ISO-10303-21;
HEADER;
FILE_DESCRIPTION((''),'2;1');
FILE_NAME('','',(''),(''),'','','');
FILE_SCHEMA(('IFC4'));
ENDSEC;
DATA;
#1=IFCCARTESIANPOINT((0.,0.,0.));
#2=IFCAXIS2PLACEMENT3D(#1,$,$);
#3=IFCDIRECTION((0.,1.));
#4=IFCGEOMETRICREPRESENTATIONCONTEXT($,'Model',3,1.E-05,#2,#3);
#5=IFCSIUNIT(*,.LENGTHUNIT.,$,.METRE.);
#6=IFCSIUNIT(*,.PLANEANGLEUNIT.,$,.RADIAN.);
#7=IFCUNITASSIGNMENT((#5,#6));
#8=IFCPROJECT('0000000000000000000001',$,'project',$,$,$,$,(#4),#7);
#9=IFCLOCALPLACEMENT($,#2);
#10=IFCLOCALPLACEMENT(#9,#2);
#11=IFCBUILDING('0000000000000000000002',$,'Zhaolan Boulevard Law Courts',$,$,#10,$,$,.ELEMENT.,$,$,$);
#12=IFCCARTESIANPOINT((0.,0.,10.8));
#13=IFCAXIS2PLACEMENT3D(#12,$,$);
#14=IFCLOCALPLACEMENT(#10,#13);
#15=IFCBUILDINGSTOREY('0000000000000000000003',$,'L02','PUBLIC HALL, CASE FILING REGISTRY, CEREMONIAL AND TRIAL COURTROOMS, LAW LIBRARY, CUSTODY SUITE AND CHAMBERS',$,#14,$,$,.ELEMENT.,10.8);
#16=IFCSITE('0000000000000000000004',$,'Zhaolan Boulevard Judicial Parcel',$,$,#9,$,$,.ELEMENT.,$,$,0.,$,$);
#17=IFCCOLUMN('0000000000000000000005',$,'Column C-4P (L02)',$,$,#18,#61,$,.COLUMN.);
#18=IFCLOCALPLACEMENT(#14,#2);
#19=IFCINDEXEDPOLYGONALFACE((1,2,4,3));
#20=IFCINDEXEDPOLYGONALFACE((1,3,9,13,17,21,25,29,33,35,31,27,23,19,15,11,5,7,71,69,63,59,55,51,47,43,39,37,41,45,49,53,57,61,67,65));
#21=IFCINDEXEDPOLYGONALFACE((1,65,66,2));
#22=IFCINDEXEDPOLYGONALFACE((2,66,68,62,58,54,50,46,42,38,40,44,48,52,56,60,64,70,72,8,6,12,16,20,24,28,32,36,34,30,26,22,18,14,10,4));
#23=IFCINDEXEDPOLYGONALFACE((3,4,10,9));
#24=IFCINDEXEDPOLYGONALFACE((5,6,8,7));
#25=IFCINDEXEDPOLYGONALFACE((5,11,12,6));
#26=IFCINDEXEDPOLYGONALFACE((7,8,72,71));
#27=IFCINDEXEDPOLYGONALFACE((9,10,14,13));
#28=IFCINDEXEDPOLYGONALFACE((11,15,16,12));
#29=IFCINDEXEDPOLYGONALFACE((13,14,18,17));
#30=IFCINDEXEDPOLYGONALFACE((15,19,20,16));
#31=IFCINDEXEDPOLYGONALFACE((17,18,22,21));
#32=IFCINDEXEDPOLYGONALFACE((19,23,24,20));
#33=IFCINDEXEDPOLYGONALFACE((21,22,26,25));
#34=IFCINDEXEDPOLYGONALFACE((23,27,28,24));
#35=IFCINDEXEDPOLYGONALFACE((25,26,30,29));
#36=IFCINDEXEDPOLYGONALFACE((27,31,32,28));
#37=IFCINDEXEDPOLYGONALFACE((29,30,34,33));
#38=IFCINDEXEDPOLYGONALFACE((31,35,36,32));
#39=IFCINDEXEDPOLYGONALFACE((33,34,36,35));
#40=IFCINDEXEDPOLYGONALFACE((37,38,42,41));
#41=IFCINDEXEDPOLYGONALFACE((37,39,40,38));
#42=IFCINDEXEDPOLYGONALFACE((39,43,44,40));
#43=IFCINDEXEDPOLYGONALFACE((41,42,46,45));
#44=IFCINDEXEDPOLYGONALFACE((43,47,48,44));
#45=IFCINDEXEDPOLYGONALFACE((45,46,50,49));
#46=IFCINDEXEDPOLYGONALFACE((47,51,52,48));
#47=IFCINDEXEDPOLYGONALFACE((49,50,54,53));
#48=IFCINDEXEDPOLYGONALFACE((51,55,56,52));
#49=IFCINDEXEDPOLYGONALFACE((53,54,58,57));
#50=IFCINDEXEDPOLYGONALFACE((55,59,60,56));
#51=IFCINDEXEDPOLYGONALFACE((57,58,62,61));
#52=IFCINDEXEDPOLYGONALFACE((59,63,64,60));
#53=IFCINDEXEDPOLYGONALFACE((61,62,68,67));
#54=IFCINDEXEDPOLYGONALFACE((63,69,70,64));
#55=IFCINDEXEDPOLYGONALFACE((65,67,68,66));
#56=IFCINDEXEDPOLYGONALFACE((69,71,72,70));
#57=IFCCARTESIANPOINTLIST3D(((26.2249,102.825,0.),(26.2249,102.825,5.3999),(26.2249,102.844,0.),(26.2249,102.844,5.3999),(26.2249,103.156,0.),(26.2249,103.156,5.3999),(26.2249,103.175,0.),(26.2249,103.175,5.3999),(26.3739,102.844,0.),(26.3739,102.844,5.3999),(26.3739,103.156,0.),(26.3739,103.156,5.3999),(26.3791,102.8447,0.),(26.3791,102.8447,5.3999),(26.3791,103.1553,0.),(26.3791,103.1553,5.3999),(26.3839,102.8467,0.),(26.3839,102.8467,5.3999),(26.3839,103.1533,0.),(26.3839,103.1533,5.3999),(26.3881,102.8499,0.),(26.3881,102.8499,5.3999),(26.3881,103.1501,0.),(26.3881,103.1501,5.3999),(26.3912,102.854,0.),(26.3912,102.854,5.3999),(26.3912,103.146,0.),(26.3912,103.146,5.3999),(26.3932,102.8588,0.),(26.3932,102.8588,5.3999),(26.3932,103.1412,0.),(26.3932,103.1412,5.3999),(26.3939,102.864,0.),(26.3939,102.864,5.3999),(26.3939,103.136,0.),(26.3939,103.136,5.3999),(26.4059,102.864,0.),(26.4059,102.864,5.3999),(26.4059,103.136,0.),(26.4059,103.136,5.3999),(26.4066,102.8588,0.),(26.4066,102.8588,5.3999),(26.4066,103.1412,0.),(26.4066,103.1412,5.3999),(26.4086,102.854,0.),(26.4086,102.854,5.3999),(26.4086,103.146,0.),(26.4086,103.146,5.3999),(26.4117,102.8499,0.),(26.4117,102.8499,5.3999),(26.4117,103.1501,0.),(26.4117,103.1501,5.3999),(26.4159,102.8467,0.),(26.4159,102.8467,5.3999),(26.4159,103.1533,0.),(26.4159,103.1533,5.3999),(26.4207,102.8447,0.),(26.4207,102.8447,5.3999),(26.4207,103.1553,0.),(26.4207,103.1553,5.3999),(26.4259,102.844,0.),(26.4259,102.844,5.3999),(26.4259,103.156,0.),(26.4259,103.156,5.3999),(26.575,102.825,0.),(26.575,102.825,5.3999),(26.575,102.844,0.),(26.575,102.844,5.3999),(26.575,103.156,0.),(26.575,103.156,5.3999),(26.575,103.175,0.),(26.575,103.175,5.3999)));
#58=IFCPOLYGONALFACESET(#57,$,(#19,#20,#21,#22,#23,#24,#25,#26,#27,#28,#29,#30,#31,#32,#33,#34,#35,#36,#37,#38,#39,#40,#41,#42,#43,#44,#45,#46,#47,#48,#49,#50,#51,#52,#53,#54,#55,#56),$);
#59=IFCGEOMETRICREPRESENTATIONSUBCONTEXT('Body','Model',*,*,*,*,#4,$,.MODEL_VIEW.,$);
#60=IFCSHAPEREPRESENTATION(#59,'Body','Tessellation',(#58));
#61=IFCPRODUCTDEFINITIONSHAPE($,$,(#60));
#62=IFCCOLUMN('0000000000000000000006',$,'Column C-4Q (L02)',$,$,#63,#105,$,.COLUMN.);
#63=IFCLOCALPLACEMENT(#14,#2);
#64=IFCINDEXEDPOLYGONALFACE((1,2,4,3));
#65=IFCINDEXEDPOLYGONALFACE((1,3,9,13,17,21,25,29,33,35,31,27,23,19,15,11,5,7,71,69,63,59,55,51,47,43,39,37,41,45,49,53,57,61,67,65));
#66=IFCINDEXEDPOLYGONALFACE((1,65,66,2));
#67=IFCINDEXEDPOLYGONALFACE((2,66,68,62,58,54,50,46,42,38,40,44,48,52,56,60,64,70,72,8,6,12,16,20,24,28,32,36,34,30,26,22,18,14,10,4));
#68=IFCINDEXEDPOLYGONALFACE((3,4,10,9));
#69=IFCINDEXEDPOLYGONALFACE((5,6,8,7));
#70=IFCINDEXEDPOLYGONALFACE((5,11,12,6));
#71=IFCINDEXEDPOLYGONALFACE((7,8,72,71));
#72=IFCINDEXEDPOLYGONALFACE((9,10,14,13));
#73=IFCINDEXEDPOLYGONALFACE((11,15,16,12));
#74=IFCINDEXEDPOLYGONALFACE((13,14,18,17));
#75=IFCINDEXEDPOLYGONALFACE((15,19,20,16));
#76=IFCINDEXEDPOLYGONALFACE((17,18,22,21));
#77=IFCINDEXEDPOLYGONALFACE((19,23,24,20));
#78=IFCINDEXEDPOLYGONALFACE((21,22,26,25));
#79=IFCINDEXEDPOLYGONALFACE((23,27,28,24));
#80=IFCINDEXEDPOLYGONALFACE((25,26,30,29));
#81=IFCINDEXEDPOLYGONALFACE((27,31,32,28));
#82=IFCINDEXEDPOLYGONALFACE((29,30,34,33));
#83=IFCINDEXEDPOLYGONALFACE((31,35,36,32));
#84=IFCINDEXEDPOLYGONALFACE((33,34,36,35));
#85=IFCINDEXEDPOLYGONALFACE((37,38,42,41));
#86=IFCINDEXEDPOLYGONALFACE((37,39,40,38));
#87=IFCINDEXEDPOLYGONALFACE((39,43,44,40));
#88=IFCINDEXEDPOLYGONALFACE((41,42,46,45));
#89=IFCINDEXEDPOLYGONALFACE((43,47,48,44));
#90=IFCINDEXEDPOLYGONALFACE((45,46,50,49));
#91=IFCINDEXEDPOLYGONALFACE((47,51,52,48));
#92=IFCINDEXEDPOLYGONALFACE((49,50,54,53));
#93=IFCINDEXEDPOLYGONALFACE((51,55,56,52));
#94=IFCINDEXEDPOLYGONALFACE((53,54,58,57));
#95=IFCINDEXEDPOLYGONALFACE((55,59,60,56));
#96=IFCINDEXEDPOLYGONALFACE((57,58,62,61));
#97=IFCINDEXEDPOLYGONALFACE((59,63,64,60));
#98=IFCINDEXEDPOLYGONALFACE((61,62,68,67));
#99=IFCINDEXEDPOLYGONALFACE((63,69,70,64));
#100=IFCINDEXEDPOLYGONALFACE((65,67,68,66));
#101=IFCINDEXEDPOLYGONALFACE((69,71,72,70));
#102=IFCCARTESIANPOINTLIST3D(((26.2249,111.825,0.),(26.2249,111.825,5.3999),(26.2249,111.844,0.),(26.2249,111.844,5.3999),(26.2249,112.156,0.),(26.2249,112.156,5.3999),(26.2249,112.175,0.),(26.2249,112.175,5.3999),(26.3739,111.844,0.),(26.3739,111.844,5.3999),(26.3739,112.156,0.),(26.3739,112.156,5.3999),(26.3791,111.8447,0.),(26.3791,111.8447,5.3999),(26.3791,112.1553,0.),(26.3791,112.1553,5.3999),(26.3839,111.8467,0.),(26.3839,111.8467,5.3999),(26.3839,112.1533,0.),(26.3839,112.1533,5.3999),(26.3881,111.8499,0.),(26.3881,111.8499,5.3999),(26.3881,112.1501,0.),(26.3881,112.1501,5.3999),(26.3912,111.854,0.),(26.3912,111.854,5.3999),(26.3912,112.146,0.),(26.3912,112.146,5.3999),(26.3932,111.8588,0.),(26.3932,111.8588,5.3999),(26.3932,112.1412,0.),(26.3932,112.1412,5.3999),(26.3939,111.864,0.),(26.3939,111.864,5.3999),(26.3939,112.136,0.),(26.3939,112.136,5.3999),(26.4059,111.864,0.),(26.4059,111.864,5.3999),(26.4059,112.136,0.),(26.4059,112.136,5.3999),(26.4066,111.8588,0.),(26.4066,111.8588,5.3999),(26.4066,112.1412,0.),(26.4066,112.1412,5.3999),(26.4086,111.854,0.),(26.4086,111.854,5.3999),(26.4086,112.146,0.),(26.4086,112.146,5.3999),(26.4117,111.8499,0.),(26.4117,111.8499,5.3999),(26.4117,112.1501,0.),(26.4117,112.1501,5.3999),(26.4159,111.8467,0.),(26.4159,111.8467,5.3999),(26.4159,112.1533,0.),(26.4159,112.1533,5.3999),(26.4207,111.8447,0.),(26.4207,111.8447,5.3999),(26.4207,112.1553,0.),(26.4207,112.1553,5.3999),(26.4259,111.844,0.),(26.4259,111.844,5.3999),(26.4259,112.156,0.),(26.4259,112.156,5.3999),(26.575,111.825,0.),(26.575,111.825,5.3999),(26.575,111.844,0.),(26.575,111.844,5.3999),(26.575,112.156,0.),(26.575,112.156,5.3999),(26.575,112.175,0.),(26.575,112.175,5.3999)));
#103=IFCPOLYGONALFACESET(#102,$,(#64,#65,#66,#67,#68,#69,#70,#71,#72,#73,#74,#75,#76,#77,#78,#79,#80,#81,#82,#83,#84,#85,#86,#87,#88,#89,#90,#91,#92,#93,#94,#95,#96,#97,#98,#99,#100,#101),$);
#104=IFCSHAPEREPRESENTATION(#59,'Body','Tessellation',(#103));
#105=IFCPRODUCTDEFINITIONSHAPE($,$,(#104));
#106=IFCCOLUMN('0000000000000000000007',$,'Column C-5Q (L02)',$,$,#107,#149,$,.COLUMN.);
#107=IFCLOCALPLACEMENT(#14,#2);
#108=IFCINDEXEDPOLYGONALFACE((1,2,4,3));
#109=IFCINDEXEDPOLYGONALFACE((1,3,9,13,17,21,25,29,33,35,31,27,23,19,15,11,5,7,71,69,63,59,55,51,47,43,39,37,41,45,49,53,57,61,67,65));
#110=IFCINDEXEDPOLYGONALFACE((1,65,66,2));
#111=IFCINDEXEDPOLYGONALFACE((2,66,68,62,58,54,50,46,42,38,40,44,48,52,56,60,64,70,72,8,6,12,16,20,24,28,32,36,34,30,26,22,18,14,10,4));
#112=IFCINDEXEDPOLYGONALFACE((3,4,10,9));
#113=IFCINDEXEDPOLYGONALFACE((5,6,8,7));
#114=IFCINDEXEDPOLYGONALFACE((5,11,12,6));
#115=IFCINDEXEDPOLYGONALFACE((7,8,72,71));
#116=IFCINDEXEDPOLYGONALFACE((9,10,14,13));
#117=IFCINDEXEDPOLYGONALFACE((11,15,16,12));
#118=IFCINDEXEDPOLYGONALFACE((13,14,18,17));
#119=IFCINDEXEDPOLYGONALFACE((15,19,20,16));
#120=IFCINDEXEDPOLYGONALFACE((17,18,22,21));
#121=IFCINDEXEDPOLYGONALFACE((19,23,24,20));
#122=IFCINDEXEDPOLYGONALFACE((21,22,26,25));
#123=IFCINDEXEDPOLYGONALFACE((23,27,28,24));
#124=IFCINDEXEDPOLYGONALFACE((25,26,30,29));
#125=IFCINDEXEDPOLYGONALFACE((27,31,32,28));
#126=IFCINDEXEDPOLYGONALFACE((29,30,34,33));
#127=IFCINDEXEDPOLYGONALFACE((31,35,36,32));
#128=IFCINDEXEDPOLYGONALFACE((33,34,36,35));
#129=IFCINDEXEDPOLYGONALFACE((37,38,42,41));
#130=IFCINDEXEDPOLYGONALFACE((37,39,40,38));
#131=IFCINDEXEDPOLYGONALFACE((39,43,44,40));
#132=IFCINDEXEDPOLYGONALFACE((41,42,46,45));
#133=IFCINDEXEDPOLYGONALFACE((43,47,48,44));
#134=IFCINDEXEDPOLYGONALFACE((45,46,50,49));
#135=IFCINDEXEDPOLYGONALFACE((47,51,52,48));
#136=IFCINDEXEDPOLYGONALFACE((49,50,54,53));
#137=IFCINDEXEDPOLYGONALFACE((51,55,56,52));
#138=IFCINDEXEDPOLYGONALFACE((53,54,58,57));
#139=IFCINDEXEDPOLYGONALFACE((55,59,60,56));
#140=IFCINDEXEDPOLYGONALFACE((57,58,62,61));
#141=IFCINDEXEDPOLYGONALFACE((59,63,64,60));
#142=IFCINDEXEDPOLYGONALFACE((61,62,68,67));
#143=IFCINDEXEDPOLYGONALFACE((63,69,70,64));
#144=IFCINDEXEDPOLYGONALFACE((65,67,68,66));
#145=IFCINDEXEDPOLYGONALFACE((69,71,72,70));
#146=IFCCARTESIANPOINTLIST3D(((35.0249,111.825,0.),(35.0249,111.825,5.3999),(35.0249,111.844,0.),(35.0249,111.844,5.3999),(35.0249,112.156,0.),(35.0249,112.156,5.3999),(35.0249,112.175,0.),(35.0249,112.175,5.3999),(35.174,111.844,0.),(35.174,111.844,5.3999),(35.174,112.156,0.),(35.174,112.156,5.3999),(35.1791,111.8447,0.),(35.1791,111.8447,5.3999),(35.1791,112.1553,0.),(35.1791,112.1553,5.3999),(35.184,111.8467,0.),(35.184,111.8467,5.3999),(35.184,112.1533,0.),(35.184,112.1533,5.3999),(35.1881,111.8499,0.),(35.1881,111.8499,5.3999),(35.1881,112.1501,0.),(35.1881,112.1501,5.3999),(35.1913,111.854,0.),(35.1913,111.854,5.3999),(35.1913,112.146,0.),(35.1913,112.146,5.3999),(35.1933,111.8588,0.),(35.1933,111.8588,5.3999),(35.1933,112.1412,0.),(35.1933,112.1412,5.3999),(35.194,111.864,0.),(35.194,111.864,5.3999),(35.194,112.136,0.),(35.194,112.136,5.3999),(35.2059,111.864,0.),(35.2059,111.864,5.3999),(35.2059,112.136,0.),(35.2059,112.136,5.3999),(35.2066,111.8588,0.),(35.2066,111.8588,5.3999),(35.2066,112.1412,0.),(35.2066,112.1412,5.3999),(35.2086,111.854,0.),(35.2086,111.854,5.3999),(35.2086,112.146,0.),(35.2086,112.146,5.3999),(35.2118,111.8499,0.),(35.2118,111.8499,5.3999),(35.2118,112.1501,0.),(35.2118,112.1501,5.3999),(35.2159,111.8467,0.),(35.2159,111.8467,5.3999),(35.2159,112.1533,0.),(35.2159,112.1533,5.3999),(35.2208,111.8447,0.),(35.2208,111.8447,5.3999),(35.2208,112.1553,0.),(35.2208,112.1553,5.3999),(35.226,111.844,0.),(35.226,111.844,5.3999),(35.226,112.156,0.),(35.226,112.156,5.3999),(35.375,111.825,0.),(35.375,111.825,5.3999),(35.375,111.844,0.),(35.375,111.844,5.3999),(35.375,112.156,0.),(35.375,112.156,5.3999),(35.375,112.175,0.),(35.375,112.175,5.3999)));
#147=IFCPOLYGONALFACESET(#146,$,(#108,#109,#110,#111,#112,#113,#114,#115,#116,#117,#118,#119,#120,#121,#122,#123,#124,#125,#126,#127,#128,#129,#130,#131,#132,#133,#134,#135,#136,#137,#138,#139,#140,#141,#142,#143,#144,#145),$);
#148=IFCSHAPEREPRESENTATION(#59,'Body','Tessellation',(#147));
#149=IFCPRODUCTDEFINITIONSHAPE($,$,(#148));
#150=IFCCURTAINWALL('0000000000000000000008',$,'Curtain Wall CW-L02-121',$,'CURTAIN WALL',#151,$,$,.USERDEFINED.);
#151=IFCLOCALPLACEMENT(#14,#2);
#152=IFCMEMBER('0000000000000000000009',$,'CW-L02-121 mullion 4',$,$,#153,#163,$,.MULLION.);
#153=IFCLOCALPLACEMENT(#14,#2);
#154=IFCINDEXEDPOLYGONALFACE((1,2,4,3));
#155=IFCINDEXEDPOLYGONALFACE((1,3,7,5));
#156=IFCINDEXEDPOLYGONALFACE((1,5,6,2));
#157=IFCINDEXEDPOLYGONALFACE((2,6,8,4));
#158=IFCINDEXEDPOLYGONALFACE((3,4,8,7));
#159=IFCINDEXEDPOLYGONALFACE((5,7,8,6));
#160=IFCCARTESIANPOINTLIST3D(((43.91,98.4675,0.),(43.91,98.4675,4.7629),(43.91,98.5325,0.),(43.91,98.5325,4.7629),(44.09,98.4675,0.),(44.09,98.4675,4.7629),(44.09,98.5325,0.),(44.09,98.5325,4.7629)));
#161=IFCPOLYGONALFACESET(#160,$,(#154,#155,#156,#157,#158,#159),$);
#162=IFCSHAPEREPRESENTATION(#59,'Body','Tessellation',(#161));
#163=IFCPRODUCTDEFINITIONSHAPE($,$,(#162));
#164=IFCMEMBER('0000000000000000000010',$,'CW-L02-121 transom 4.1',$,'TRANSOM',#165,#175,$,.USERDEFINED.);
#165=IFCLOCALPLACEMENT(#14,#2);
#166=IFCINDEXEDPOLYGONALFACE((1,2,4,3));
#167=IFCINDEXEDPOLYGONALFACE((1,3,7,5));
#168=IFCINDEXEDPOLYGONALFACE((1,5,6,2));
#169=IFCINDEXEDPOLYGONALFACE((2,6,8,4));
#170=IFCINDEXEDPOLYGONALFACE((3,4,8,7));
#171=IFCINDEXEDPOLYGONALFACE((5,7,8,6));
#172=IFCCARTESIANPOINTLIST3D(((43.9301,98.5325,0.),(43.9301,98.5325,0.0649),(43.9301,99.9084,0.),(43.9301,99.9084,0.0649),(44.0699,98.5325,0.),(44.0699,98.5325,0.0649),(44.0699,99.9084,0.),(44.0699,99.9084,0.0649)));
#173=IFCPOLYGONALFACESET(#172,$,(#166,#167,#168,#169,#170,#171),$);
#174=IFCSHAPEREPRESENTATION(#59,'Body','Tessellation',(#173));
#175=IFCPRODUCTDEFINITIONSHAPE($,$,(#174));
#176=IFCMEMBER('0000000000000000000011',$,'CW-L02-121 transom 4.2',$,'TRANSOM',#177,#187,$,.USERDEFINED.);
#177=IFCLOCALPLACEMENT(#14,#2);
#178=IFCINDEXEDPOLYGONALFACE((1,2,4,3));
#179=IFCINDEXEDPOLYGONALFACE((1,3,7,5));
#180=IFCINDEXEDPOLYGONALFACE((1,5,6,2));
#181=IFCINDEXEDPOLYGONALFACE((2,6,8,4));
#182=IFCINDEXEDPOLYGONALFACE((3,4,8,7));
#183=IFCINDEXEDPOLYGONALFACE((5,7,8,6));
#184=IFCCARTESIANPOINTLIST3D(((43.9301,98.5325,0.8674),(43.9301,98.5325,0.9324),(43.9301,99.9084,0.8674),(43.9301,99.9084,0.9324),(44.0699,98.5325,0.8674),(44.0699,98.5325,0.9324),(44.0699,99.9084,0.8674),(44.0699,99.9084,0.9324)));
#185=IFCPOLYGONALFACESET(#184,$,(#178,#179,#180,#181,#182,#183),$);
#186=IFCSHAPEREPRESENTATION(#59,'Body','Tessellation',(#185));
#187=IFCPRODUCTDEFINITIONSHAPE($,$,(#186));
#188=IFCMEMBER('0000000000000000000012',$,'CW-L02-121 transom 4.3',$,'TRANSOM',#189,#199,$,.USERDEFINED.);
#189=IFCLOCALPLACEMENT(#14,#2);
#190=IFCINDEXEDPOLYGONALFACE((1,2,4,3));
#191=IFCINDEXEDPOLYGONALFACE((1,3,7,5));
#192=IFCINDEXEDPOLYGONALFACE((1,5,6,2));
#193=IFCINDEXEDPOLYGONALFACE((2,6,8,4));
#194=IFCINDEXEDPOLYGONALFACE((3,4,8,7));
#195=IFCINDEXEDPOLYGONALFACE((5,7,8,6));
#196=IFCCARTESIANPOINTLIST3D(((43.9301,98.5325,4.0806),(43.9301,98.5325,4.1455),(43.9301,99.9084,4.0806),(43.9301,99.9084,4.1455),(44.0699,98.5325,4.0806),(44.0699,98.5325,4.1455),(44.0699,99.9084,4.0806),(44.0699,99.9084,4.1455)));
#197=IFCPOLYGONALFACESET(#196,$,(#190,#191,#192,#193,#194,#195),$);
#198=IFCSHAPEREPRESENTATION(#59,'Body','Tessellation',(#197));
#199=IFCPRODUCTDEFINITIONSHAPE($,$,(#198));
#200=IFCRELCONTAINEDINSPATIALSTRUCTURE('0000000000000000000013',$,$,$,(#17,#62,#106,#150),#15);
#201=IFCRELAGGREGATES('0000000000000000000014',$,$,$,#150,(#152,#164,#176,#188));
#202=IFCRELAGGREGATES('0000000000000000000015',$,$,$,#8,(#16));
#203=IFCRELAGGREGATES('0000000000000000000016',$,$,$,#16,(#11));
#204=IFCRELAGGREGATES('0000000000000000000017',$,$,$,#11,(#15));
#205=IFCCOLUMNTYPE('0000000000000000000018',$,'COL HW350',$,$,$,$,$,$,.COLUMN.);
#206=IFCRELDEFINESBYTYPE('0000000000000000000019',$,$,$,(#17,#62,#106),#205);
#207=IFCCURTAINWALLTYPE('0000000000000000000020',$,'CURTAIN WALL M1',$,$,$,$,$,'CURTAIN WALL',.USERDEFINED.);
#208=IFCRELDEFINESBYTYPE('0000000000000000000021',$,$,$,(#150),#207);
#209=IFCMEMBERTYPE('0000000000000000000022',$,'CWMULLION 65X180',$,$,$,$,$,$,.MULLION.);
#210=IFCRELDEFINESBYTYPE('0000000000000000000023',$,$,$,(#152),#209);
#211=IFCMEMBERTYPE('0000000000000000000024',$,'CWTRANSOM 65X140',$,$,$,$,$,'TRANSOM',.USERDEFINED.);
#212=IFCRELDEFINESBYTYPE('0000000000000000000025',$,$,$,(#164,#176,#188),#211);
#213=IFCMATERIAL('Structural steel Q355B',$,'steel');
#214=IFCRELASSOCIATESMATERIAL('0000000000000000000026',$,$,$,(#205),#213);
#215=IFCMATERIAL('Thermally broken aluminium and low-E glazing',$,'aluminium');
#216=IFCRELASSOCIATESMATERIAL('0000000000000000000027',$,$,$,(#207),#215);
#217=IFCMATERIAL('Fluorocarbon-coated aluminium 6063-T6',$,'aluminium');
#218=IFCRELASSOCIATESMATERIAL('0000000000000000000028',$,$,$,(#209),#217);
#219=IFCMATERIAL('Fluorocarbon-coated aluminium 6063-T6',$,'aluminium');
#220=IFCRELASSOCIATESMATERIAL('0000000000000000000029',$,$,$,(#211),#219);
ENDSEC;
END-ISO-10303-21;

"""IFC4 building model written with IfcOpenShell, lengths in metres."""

from ifc_helpers import new_model, si_unit, direction, frame, origin, origin_2d, place, context, subcontext, project, spatial, rectangle, i_section, extrude, material, material_profile, profile_set, type_object, element, aggregate, save


model = new_model("IFC4")

# Units and contexts
model_context = context("Model", 3, precision=1e-05, world=origin(), true_north=direction((0.0, 1.0)))
body_context = subcontext(model_context, "Body", "Model", "MODEL_VIEW")
ifc_project = project(units=[si_unit("LENGTHUNIT", "METRE"), si_unit("PLANEANGLEUNIT", "RADIAN")], contexts=[model_context])

# Site, building, storey
site_placement = place(None, origin())
site = spatial("IfcSite", under=ifc_project, at=site_placement, Name="Zhaolan Boulevard Judicial Parcel", CompositionType="ELEMENT", RefElevation=0.0)
building_placement = place(site_placement, origin())
building = spatial("IfcBuilding", under=site, at=building_placement, Name="Zhaolan Boulevard Law Courts", CompositionType="ELEMENT")
storey_placement = place(building_placement, frame((0.0, 0.0, 10.8)))
storey = spatial("IfcBuildingStorey", under=building, at=storey_placement, Name="L02", Description="PUBLIC HALL, CASE FILING REGISTRY, CEREMONIAL AND TRIAL COURTROOMS, LAW LIBRARY, CUSTODY SUITE AND CHAMBERS", CompositionType="ELEMENT", Elevation=10.8)

# Columns
ifc_material_1 = material(Name="Structural steel Q355B", Category="steel")
ifc_material_profile_1 = material_profile(ifc_material_1, i_section(OverallWidth=0.3501, OverallDepth=0.3501, WebThickness=0.012, FlangeThickness=0.019, FilletRadius=0.02, at=origin_2d()), Name="HW350x350")
ifc_profile_set_1 = profile_set([ifc_material_profile_1], Name="Structural steel Q355B")
column_type = type_object("IfcColumnType", Name="COL HW350", PredefinedType="COLUMN", material=ifc_profile_set_1)
for number, where, z_axis, x_axis, name in (
    (1, (26.3999, 103.0, 0.0), (0.0, 0.0, 1.0), (1.0, 0.0, 0.0), "Column C-4P (L02)"),
    (2, (26.3999, 112.0, 0.0), (0.0, 0.0, 1.0), (1.0, 0.0, 0.0), "Column C-4Q (L02)"),
    (3, (35.2, 112.0, 0.0), (0.0, 0.0, 1.0), (1.0, 0.0, 0.0), "Column C-5Q (L02)"),
):
    element("IfcColumn", number, at=place(storey_placement, frame(where, z_axis=z_axis, x_axis=x_axis)), inside=storey, type_object=column_type, Name=name, PredefinedType="COLUMN", context=body_context, shape_type="SweptSolid", body=[
        extrude(i_section(OverallWidth=0.3501, OverallDepth=0.3501, WebThickness=0.012, FlangeThickness=0.019, FilletRadius=0.02, at=origin_2d()), origin(), (0.0, 0.0, 1.0), 5.3999),
    ])

# Curtain wall, members
ifc_material_2 = material(Name="Thermally broken aluminium and low-E glazing", Category="aluminium")
curtain_wall_type = type_object("IfcCurtainWallType", Name="CURTAIN WALL M1", ElementType="CURTAIN WALL", PredefinedType="USERDEFINED", material=ifc_material_2)
curtain_wall_placement = place(storey_placement, origin())
curtain_wall = element("IfcCurtainWall", 4, at=curtain_wall_placement, inside=storey, type_object=curtain_wall_type, Name="Curtain Wall CW-L02-121", ObjectType="CURTAIN WALL", PredefinedType="USERDEFINED")
ifc_material_3 = material(Name="Fluorocarbon-coated aluminium 6063-T6", Category="aluminium")
ifc_material_profile_2 = material_profile(ifc_material_3, rectangle(XDim=0.1799, YDim=0.0649, at=origin_2d()), Name="AL65x180")
ifc_profile_set_2 = profile_set([ifc_material_profile_2], Name="Fluorocarbon-coated aluminium 6063-T6")
member_type_1 = type_object("IfcMemberType", Name="CWMULLION 65X180", PredefinedType="MULLION", material=ifc_profile_set_2)
member_1_placement = place(storey_placement, frame((44.0, 98.5, 0.0), z_axis=(0.0, 0.0, 1.0), x_axis=(-1.0, 0.0, 0.0)))
member_1 = element("IfcMember", 5, at=member_1_placement, type_object=member_type_1, Name="CW-L02-121 mullion 4", PredefinedType="MULLION", context=body_context, shape_type="SweptSolid", body=[
    extrude(rectangle(XDim=0.1799, YDim=0.0649, at=origin_2d()), origin(), (0.0, 0.0, 1.0), 4.7629),
])
ifc_material_4 = material(Name="Fluorocarbon-coated aluminium 6063-T6", Category="aluminium")
ifc_material_profile_3 = material_profile(ifc_material_4, rectangle(XDim=0.1399, YDim=0.0649, at=origin_2d()), Name="AL65x140")
ifc_profile_set_3 = profile_set([ifc_material_profile_3], Name="Fluorocarbon-coated aluminium 6063-T6")
member_type_2 = type_object("IfcMemberType", Name="CWTRANSOM 65X140", ElementType="TRANSOM", PredefinedType="USERDEFINED", material=ifc_profile_set_3)
member_2_placement = place(storey_placement, frame((44.0, 98.5325, 0.0325), z_axis=(0.0, 1.0, 0.0), x_axis=(-1.0, 0.0, 0.0)))
member_2 = element("IfcMember", 6, at=member_2_placement, type_object=member_type_2, Name="CW-L02-121 transom 4.1", ObjectType="TRANSOM", PredefinedType="USERDEFINED", context=body_context, shape_type="SweptSolid", body=[
    extrude(rectangle(XDim=0.1399, YDim=0.0649, at=origin_2d()), origin(), (0.0, 0.0, 1.0), 1.376),
])
member_3_placement = place(storey_placement, frame((44.0, 98.5325, 0.8999), z_axis=(0.0, 1.0, 0.0), x_axis=(-1.0, 0.0, 0.0)))
member_3 = element("IfcMember", 7, at=member_3_placement, type_object=member_type_2, Name="CW-L02-121 transom 4.2", ObjectType="TRANSOM", PredefinedType="USERDEFINED", context=body_context, shape_type="SweptSolid", body=[
    extrude(rectangle(XDim=0.1399, YDim=0.0649, at=origin_2d()), origin(), (0.0, 0.0, 1.0), 1.376),
])
member_4_placement = place(storey_placement, frame((44.0, 98.5325, 4.113), z_axis=(0.0, 1.0, 0.0), x_axis=(-1.0, 0.0, 0.0)))
member_4 = element("IfcMember", 8, at=member_4_placement, type_object=member_type_2, Name="CW-L02-121 transom 4.3", ObjectType="TRANSOM", PredefinedType="USERDEFINED", context=body_context, shape_type="SweptSolid", body=[
    extrude(rectangle(XDim=0.1399, YDim=0.0649, at=origin_2d()), origin(), (0.0, 0.0, 1.0), 1.376),
])

aggregate(curtain_wall, [member_1, member_2, member_3, member_4])

save(model, "model.ifc")
